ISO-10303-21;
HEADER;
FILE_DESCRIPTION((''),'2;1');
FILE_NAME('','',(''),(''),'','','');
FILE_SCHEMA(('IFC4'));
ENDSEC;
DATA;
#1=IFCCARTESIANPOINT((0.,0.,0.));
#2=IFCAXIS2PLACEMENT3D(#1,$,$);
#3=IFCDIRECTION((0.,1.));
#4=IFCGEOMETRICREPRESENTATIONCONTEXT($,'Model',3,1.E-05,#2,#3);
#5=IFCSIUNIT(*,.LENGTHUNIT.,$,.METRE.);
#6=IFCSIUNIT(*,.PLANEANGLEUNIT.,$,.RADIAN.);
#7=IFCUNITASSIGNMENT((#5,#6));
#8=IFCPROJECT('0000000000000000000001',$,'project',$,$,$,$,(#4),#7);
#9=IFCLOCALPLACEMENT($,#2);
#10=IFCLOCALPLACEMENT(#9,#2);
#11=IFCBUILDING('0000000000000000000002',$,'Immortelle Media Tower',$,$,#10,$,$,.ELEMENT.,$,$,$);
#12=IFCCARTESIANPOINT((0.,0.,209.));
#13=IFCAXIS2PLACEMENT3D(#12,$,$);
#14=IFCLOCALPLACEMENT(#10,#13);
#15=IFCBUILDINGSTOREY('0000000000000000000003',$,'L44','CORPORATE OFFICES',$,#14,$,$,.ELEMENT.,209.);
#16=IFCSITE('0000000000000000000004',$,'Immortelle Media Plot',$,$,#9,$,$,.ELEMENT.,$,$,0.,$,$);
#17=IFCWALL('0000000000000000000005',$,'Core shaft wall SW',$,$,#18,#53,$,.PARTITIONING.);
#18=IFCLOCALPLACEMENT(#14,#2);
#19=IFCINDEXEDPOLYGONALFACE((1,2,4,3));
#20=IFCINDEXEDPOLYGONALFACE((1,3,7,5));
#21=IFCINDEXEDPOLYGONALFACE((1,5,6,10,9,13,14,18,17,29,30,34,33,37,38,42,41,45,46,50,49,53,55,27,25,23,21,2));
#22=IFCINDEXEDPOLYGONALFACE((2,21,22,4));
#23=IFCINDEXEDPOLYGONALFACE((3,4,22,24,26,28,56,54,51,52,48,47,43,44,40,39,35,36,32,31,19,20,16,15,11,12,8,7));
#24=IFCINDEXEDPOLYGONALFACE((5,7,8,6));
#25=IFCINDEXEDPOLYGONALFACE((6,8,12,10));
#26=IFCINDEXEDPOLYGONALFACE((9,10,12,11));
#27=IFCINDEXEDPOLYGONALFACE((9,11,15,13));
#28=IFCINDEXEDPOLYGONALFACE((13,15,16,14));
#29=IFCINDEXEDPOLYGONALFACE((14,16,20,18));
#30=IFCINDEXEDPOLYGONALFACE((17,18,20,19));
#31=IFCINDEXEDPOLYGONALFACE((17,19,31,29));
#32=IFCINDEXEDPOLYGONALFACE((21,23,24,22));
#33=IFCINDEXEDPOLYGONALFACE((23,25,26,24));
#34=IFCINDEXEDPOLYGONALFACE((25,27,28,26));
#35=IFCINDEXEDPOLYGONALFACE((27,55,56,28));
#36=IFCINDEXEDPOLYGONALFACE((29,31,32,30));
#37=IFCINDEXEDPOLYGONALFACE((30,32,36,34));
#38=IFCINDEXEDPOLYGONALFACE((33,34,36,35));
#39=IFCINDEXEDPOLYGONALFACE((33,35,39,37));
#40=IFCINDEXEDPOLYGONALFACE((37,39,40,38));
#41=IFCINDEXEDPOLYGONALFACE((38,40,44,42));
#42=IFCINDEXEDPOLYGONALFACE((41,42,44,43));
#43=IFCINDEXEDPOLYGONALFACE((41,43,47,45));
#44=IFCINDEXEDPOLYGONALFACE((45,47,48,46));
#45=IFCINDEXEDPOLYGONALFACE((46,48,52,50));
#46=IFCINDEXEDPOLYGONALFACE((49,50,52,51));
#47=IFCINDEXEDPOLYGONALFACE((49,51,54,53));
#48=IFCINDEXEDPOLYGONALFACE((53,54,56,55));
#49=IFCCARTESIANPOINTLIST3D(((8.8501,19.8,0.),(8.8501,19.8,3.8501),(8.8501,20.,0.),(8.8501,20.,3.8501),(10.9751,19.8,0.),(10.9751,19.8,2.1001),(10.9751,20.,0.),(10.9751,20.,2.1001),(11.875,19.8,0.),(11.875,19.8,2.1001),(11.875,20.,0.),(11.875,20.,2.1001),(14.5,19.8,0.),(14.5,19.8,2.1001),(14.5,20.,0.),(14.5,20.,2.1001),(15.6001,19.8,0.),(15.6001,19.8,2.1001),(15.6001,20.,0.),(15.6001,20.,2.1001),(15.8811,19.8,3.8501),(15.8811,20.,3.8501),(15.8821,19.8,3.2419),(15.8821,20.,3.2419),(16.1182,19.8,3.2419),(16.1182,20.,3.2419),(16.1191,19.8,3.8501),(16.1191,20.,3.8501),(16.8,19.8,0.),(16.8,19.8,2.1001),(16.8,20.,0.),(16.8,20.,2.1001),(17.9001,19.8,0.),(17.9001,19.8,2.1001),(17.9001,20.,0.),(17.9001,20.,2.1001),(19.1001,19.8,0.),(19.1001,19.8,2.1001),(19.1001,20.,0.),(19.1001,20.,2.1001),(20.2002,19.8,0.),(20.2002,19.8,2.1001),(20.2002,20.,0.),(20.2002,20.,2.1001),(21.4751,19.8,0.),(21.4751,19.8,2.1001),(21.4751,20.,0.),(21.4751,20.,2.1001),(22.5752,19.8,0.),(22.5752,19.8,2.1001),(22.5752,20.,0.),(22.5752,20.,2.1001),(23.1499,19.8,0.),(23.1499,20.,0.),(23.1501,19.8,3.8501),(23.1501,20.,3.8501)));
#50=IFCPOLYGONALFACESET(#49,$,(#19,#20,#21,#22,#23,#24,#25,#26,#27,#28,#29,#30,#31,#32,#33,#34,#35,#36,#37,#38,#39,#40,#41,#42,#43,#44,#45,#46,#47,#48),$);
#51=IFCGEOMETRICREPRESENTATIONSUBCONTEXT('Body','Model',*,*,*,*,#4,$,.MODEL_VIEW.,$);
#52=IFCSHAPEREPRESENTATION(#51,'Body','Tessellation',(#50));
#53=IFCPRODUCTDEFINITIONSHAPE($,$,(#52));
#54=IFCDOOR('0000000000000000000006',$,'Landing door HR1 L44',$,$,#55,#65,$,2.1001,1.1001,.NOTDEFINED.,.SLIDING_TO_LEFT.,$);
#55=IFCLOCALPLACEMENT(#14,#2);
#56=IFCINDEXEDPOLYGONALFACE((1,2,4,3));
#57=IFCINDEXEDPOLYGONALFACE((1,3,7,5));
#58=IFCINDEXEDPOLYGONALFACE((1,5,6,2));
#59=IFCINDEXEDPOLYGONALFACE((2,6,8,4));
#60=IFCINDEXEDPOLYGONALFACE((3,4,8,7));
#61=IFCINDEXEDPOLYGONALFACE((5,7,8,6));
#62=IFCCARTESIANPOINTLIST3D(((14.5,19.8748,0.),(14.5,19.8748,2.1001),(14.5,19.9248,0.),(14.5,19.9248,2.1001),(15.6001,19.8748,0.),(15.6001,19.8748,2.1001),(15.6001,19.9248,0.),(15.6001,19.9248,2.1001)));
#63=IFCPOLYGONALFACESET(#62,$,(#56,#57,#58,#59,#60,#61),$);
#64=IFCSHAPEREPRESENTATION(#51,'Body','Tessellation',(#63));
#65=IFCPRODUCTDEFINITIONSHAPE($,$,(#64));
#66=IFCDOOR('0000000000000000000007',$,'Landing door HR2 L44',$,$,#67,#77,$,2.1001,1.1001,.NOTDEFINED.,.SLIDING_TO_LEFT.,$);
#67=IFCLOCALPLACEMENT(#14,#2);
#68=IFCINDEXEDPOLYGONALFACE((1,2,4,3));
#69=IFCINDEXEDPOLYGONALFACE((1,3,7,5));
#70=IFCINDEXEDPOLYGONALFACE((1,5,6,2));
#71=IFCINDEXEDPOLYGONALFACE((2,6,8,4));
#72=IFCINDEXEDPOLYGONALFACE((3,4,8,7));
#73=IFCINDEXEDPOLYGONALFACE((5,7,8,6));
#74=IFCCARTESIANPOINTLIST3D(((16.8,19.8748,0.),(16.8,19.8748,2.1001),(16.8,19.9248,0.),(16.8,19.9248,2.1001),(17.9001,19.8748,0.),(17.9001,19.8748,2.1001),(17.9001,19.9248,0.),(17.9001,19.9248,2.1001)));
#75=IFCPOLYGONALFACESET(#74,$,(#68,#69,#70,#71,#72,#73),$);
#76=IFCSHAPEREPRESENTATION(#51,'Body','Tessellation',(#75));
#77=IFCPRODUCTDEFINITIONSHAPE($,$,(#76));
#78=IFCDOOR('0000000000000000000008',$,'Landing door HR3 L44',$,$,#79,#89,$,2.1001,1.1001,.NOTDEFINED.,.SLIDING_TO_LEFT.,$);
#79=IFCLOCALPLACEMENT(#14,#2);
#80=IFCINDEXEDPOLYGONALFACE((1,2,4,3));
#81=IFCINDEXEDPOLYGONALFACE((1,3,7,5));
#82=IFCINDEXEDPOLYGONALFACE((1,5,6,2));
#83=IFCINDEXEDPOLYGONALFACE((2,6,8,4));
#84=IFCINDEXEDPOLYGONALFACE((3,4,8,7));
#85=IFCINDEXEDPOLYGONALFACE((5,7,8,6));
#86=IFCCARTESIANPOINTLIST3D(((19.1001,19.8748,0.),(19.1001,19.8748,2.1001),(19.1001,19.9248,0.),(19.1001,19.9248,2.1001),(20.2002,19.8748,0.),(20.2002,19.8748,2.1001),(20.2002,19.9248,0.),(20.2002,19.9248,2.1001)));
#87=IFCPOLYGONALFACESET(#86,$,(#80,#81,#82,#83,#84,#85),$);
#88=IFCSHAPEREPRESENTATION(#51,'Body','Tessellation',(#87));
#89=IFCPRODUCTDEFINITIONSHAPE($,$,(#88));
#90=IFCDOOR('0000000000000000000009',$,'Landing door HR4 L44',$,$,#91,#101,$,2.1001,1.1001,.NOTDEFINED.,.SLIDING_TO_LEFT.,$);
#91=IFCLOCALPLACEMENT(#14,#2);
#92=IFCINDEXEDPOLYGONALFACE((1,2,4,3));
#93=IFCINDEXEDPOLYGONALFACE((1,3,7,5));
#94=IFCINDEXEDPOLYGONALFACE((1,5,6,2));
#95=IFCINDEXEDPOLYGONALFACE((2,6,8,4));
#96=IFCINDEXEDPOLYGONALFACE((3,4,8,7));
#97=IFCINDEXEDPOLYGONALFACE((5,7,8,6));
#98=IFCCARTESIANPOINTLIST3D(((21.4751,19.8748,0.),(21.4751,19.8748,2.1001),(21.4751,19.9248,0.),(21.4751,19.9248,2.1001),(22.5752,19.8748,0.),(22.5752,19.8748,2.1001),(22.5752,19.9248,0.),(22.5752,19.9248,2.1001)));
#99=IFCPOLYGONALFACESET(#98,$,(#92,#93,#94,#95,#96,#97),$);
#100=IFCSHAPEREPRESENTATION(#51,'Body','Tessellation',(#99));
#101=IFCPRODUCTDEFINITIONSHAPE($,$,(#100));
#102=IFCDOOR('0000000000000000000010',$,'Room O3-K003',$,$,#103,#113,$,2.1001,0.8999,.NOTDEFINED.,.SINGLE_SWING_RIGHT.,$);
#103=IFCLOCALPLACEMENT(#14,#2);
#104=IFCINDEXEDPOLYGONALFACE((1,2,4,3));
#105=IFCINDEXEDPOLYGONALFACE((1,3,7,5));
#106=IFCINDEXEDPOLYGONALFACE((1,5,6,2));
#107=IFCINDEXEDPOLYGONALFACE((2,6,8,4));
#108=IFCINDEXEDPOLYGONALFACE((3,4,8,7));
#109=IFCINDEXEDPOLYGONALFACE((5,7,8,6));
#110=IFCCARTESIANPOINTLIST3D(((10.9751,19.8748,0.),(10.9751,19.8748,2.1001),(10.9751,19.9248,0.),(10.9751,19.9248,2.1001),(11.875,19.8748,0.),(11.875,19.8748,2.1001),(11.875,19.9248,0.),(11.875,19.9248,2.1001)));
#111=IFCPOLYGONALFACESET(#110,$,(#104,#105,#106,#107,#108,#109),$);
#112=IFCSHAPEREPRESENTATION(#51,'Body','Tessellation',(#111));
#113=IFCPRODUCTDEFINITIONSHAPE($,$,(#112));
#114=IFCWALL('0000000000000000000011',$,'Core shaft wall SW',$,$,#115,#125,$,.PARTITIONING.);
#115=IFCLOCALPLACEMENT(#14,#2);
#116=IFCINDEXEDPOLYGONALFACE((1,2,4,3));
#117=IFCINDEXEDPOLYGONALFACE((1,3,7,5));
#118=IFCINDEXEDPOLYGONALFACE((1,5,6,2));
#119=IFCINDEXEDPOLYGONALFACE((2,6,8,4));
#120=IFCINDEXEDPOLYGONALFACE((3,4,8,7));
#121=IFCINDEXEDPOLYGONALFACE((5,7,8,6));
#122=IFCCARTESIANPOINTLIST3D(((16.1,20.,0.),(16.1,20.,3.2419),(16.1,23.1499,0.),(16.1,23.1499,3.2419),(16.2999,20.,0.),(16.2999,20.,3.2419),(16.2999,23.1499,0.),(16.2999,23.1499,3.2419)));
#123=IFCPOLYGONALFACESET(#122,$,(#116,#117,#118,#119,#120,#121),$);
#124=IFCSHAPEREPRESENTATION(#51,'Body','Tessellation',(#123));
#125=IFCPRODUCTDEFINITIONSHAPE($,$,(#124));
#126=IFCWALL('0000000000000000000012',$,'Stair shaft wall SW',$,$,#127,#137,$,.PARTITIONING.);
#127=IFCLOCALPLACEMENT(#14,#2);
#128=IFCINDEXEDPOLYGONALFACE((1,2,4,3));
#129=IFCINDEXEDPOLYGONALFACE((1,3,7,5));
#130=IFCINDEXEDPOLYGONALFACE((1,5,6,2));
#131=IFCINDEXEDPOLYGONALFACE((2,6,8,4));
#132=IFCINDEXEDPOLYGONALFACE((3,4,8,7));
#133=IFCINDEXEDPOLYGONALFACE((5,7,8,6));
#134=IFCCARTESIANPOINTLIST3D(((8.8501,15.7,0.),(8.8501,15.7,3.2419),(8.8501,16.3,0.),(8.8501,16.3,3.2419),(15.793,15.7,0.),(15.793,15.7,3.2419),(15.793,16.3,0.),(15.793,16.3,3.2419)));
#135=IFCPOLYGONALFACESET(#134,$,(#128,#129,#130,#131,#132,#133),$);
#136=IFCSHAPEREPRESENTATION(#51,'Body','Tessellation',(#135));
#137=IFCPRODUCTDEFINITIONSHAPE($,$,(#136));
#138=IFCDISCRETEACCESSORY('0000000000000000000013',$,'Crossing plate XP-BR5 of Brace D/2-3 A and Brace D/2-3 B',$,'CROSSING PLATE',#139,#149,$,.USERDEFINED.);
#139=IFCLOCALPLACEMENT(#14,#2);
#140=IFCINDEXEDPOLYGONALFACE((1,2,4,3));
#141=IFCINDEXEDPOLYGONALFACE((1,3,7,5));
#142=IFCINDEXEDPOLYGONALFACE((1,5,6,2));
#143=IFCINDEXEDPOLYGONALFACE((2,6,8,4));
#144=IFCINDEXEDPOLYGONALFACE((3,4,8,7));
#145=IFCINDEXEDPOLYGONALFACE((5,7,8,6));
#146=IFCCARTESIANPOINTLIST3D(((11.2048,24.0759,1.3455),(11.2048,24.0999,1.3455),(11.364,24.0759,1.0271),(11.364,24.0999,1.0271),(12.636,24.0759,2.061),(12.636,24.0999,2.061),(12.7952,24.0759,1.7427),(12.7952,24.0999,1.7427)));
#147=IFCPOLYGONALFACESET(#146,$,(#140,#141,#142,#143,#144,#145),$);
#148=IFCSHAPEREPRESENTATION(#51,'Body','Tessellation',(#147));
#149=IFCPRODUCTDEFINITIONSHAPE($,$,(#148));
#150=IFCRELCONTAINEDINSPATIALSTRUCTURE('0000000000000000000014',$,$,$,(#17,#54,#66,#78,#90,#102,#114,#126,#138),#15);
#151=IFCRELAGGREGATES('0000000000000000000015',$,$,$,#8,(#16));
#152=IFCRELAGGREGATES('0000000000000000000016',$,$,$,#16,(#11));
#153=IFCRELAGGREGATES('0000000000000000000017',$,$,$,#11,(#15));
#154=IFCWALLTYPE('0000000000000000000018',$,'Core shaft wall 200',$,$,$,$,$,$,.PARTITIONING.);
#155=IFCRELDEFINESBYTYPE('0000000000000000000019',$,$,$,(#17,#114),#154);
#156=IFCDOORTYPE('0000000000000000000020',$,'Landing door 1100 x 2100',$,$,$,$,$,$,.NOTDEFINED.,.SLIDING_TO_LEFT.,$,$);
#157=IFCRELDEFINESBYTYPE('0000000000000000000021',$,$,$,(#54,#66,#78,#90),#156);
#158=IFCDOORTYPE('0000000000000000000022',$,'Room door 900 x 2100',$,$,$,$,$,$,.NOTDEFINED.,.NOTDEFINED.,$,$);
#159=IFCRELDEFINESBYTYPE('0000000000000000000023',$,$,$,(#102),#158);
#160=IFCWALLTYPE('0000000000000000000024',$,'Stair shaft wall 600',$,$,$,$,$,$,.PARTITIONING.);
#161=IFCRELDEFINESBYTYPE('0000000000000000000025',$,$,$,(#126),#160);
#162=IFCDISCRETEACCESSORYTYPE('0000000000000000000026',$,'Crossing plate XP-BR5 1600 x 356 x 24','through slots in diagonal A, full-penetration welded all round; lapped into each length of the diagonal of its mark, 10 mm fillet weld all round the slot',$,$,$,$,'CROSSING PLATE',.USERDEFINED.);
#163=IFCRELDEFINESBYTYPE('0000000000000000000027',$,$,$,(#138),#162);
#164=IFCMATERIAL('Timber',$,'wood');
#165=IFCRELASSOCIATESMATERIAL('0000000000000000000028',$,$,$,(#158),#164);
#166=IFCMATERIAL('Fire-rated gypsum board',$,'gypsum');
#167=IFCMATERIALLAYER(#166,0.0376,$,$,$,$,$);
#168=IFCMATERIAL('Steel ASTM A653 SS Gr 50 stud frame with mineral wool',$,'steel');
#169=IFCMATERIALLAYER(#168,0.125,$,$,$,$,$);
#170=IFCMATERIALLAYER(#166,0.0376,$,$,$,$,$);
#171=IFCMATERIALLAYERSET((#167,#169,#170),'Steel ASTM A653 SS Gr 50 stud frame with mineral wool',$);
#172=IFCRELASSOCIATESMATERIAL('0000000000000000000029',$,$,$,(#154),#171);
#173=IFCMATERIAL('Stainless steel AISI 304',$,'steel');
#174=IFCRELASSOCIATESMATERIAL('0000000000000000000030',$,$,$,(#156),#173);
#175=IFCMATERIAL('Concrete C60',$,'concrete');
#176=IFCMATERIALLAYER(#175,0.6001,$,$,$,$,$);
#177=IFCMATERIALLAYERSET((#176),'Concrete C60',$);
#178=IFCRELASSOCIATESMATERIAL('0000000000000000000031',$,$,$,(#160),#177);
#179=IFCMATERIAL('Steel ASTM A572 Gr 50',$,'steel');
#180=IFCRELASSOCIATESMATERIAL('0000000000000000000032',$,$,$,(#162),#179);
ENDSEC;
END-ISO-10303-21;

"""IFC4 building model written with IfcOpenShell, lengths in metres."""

from ifc_helpers import new_model, si_unit, direction, frame, frame_2d, origin, origin_2d, place, context, subcontext, project, spatial, polyline, rectangle, outline, extrude, material, layer, layer_set, material_profile, profile_set, type_object, element, fill, save


model = new_model("IFC4")

# Units and contexts
model_context = context("Model", 3, precision=1e-05, world=origin(), true_north=direction((0.0, 1.0)))
body_context = subcontext(model_context, "Body", "Model", "MODEL_VIEW")
ifc_project = project(units=[si_unit("LENGTHUNIT", "METRE"), si_unit("PLANEANGLEUNIT", "RADIAN")], contexts=[model_context])

# Site, building, storey
site_placement = place(None, origin())
site = spatial("IfcSite", under=ifc_project, at=site_placement, Name="Immortelle Media Plot", CompositionType="ELEMENT", RefElevation=0.0)
building_placement = place(site_placement, origin())
building = spatial("IfcBuilding", under=site, at=building_placement, Name="Immortelle Media Tower", CompositionType="ELEMENT")
storey_placement = place(building_placement, frame((0.0, 0.0, 209.0)))
storey = spatial("IfcBuildingStorey", under=building, at=storey_placement, Name="L44", Description="CORPORATE OFFICES", CompositionType="ELEMENT", Elevation=209.0)

# Shared definitions
ifc_material_1 = material(Name="Fire-rated gypsum board", Category="gypsum")
ifc_material_2 = material(Name="Steel ASTM A653 SS Gr 50 stud frame with mineral wool", Category="steel")

# Shared definitions
ifc_material_3 = material(Name="Timber", Category="wood")
door_type_1 = type_object("IfcDoorType", Name="Room door 900 x 2100", OperationType="NOTDEFINED", PredefinedType="NOTDEFINED", material=ifc_material_3)

# Wall, openings, doors
ifc_layer_1 = layer(ifc_material_1, 0.0376)
ifc_layer_2 = layer(ifc_material_2, 0.125)
ifc_layer_3 = layer(ifc_material_1, 0.0376)
ifc_layer_set_1 = layer_set([ifc_layer_1, ifc_layer_2, ifc_layer_3], Name="Steel ASTM A653 SS Gr 50 stud frame with mineral wool")
wall_type_1 = type_object("IfcWallType", Name="Core shaft wall 200", PredefinedType="PARTITIONING", material=ifc_layer_set_1)
wall_1_placement = place(storey_placement, frame((8.8501, 19.8999, 0.0), z_axis=(0.0, 0.0, 1.0), x_axis=(1.0, 0.0, 0.0)))
wall_1 = element("IfcWall", 1, at=wall_1_placement, inside=storey, type_object=wall_type_1, Name="Core shaft wall SW", PredefinedType="PARTITIONING", context=body_context, shape_type="SweptSolid", body=[
    extrude(outline(polyline([(0.0, 0.0), (14.2998, 0.0), (14.3, 3.8501), (7.269, 3.8501), (7.2681, 3.2419), (7.032, 3.2419), (7.031, 3.8501), (0.0, 3.8501), (0.0, 0.0)])), frame((0.0, 0.1001, 0.0), z_axis=(0.0, -1.0, 0.0), x_axis=(1.0, 0.0, 0.0)), (0.0, 0.0, 1.0), 0.2),
])
opening_1_placement = place(wall_1_placement, frame((2.125, 0.0, 0.0)))
opening_1 = element("IfcOpeningElement", 2, at=opening_1_placement, cuts=wall_1, PredefinedType="OPENING", context=body_context, shape_type="SweptSolid", body=[
    extrude(rectangle(XDim=0.8999, YDim=2.1001, at=frame_2d((0.45, 1.05))), frame((0.0, 0.1099, 0.0), z_axis=(0.0, -1.0, 0.0), x_axis=(1.0, 0.0, 0.0)), (0.0, 0.0, 1.0), 0.22),
])
opening_2_placement = place(wall_1_placement, frame((5.6499, 0.0, 0.0)))
opening_2 = element("IfcOpeningElement", 3, at=opening_2_placement, cuts=wall_1, PredefinedType="OPENING", context=body_context, shape_type="SweptSolid", body=[
    extrude(rectangle(XDim=1.1001, YDim=2.1001, at=frame_2d((0.55, 1.05))), frame((0.0, 0.1099, 0.0), z_axis=(0.0, -1.0, 0.0), x_axis=(1.0, 0.0, 0.0)), (0.0, 0.0, 1.0), 0.22),
])
opening_3_placement = place(wall_1_placement, frame((7.95, 0.0, 0.0)))
opening_3 = element("IfcOpeningElement", 4, at=opening_3_placement, cuts=wall_1, PredefinedType="OPENING", context=body_context, shape_type="SweptSolid", body=[
    extrude(rectangle(XDim=1.1001, YDim=2.1001, at=frame_2d((0.55, 1.05))), frame((0.0, 0.1099, 0.0), z_axis=(0.0, -1.0, 0.0), x_axis=(1.0, 0.0, 0.0)), (0.0, 0.0, 1.0), 0.22),
])
opening_4_placement = place(wall_1_placement, frame((10.25, 0.0, 0.0)))
opening_4 = element("IfcOpeningElement", 5, at=opening_4_placement, cuts=wall_1, PredefinedType="OPENING", context=body_context, shape_type="SweptSolid", body=[
    extrude(rectangle(XDim=1.1001, YDim=2.1001, at=frame_2d((0.55, 1.05))), frame((0.0, 0.1099, 0.0), z_axis=(0.0, -1.0, 0.0), x_axis=(1.0, 0.0, 0.0)), (0.0, 0.0, 1.0), 0.22),
])
opening_5_placement = place(wall_1_placement, frame((12.625, 0.0, 0.0)))
opening_5 = element("IfcOpeningElement", 6, at=opening_5_placement, cuts=wall_1, PredefinedType="OPENING", context=body_context, shape_type="SweptSolid", body=[
    extrude(rectangle(XDim=1.1001, YDim=2.1001, at=frame_2d((0.55, 1.05))), frame((0.0, 0.1099, 0.0), z_axis=(0.0, -1.0, 0.0), x_axis=(1.0, 0.0, 0.0)), (0.0, 0.0, 1.0), 0.22),
])
ifc_material_4 = material(Name="Stainless steel AISI 304", Category="steel")
door_type_2 = type_object("IfcDoorType", Name="Landing door 1100 x 2100", OperationType="SLIDING_TO_LEFT", PredefinedType="NOTDEFINED", material=ifc_material_4)
door_1_placement = place(opening_2_placement, origin())
door_1 = element("IfcDoor", 7, at=door_1_placement, inside=storey, type_object=door_type_2, Name="Landing door HR1 L44", OperationType="SLIDING_TO_LEFT", OverallHeight=2.1001, OverallWidth=1.1001, PredefinedType="NOTDEFINED", context=body_context, shape_type="SweptSolid", body=[
    extrude(rectangle(XDim=1.1001, YDim=2.1001, at=frame_2d((0.55, 1.05))), frame((0.0, 0.0249, 0.0), z_axis=(0.0, -1.0, 0.0), x_axis=(1.0, 0.0, 0.0)), (0.0, 0.0, 1.0), 0.05),
])
fill(opening_2, door_1)
door_2_placement = place(opening_3_placement, origin())
door_2 = element("IfcDoor", 8, at=door_2_placement, inside=storey, type_object=door_type_2, Name="Landing door HR2 L44", OperationType="SLIDING_TO_LEFT", OverallHeight=2.1001, OverallWidth=1.1001, PredefinedType="NOTDEFINED", context=body_context, shape_type="SweptSolid", body=[
    extrude(rectangle(XDim=1.1001, YDim=2.1001, at=frame_2d((0.55, 1.05))), frame((0.0, 0.0249, 0.0), z_axis=(0.0, -1.0, 0.0), x_axis=(1.0, 0.0, 0.0)), (0.0, 0.0, 1.0), 0.05),
])
fill(opening_3, door_2)
door_3_placement = place(opening_4_placement, origin())
door_3 = element("IfcDoor", 9, at=door_3_placement, inside=storey, type_object=door_type_2, Name="Landing door HR3 L44", OperationType="SLIDING_TO_LEFT", OverallHeight=2.1001, OverallWidth=1.1001, PredefinedType="NOTDEFINED", context=body_context, shape_type="SweptSolid", body=[
    extrude(rectangle(XDim=1.1001, YDim=2.1001, at=frame_2d((0.55, 1.05))), frame((0.0, 0.0249, 0.0), z_axis=(0.0, -1.0, 0.0), x_axis=(1.0, 0.0, 0.0)), (0.0, 0.0, 1.0), 0.05),
])
fill(opening_4, door_3)
door_4_placement = place(opening_5_placement, origin())
door_4 = element("IfcDoor", 10, at=door_4_placement, inside=storey, type_object=door_type_2, Name="Landing door HR4 L44", OperationType="SLIDING_TO_LEFT", OverallHeight=2.1001, OverallWidth=1.1001, PredefinedType="NOTDEFINED", context=body_context, shape_type="SweptSolid", body=[
    extrude(rectangle(XDim=1.1001, YDim=2.1001, at=frame_2d((0.55, 1.05))), frame((0.0, 0.0249, 0.0), z_axis=(0.0, -1.0, 0.0), x_axis=(1.0, 0.0, 0.0)), (0.0, 0.0, 1.0), 0.05),
])
fill(opening_5, door_4)
door_5_placement = place(opening_1_placement, origin())
door_5 = element("IfcDoor", 11, at=door_5_placement, inside=storey, type_object=door_type_1, Name="Room O3-K003", OperationType="SINGLE_SWING_RIGHT", OverallHeight=2.1001, OverallWidth=0.8999, PredefinedType="NOTDEFINED", context=body_context, shape_type="SweptSolid", body=[
    extrude(rectangle(XDim=0.8999, YDim=2.1001, at=frame_2d((0.45, 1.05))), frame((0.0, 0.0249, 0.0), z_axis=(0.0, -1.0, 0.0), x_axis=(1.0, 0.0, 0.0)), (0.0, 0.0, 1.0), 0.05),
])
fill(opening_1, door_5)

# Walls
wall_2_placement = place(storey_placement, frame((16.2, 20.0, 0.0), z_axis=(0.0, 0.0, 1.0), x_axis=(0.0, 1.0, 0.0)))
element("IfcWall", 12, at=wall_2_placement, inside=storey, type_object=wall_type_1, Name="Core shaft wall SW", PredefinedType="PARTITIONING", context=body_context, shape_type="SweptSolid", body=[
    extrude(rectangle(XDim=3.1499, YDim=0.2, at=frame_2d((1.575, 0.0))), origin(), (0.0, 0.0, 1.0), 3.2419),
])
ifc_material_5 = material(Name="Concrete C60", Category="concrete")
ifc_layer_4 = layer(ifc_material_5, 0.6001)
ifc_layer_set_2 = layer_set([ifc_layer_4], Name="Concrete C60")
wall_type_2 = type_object("IfcWallType", Name="Stair shaft wall 600", PredefinedType="PARTITIONING", material=ifc_layer_set_2)
wall_3_placement = place(storey_placement, frame((8.8501, 16.0, 0.0), z_axis=(0.0, 0.0, 1.0), x_axis=(1.0, 0.0, 0.0)))
element("IfcWall", 13, at=wall_3_placement, inside=storey, type_object=wall_type_2, Name="Stair shaft wall SW", PredefinedType="PARTITIONING", context=body_context, shape_type="SweptSolid", body=[
    extrude(rectangle(XDim=6.9429, YDim=0.6001, at=frame_2d((3.4714, 0.0))), origin(), (0.0, 0.0, 1.0), 3.2419),
])

# Discrete accessory
ifc_material_6 = material(Name="Steel ASTM A572 Gr 50", Category="steel")
ifc_material_profile_1 = material_profile(ifc_material_6, rectangle(XDim=0.0239, YDim=0.356, at=origin_2d()), Name="PL 24 x 356")
ifc_profile_set_1 = profile_set([ifc_material_profile_1], Name="Steel ASTM A572 Gr 50")
discrete_accessory_type_1 = type_object("IfcDiscreteAccessoryType", Name="Crossing plate XP-BR5 1600 x 356 x 24", Description="through slots in diagonal A, full-penetration welded all round; lapped into each length of the diagonal of its mark, 10 mm fillet weld all round the slot", ElementType="CROSSING PLATE", PredefinedType="USERDEFINED", material=ifc_profile_set_1)
discrete_accessory_placement = place(storey_placement, frame((12.7156, 24.0879, 1.9019), z_axis=(-0.894427, 0.0, -0.447214), x_axis=(0.0, -1.0, 0.0)))
element("IfcDiscreteAccessory", 14, at=discrete_accessory_placement, inside=storey, type_object=discrete_accessory_type_1, Name="Crossing plate XP-BR5 of Brace D/2-3 A and Brace D/2-3 B", ObjectType="CROSSING PLATE", PredefinedType="USERDEFINED", context=body_context, shape_type="SweptSolid", body=[
    extrude(rectangle(XDim=0.0239, YDim=0.356, at=origin_2d()), origin(), (0.0, 0.0, 1.0), 1.6001),
])

save(model, "model.ifc")
